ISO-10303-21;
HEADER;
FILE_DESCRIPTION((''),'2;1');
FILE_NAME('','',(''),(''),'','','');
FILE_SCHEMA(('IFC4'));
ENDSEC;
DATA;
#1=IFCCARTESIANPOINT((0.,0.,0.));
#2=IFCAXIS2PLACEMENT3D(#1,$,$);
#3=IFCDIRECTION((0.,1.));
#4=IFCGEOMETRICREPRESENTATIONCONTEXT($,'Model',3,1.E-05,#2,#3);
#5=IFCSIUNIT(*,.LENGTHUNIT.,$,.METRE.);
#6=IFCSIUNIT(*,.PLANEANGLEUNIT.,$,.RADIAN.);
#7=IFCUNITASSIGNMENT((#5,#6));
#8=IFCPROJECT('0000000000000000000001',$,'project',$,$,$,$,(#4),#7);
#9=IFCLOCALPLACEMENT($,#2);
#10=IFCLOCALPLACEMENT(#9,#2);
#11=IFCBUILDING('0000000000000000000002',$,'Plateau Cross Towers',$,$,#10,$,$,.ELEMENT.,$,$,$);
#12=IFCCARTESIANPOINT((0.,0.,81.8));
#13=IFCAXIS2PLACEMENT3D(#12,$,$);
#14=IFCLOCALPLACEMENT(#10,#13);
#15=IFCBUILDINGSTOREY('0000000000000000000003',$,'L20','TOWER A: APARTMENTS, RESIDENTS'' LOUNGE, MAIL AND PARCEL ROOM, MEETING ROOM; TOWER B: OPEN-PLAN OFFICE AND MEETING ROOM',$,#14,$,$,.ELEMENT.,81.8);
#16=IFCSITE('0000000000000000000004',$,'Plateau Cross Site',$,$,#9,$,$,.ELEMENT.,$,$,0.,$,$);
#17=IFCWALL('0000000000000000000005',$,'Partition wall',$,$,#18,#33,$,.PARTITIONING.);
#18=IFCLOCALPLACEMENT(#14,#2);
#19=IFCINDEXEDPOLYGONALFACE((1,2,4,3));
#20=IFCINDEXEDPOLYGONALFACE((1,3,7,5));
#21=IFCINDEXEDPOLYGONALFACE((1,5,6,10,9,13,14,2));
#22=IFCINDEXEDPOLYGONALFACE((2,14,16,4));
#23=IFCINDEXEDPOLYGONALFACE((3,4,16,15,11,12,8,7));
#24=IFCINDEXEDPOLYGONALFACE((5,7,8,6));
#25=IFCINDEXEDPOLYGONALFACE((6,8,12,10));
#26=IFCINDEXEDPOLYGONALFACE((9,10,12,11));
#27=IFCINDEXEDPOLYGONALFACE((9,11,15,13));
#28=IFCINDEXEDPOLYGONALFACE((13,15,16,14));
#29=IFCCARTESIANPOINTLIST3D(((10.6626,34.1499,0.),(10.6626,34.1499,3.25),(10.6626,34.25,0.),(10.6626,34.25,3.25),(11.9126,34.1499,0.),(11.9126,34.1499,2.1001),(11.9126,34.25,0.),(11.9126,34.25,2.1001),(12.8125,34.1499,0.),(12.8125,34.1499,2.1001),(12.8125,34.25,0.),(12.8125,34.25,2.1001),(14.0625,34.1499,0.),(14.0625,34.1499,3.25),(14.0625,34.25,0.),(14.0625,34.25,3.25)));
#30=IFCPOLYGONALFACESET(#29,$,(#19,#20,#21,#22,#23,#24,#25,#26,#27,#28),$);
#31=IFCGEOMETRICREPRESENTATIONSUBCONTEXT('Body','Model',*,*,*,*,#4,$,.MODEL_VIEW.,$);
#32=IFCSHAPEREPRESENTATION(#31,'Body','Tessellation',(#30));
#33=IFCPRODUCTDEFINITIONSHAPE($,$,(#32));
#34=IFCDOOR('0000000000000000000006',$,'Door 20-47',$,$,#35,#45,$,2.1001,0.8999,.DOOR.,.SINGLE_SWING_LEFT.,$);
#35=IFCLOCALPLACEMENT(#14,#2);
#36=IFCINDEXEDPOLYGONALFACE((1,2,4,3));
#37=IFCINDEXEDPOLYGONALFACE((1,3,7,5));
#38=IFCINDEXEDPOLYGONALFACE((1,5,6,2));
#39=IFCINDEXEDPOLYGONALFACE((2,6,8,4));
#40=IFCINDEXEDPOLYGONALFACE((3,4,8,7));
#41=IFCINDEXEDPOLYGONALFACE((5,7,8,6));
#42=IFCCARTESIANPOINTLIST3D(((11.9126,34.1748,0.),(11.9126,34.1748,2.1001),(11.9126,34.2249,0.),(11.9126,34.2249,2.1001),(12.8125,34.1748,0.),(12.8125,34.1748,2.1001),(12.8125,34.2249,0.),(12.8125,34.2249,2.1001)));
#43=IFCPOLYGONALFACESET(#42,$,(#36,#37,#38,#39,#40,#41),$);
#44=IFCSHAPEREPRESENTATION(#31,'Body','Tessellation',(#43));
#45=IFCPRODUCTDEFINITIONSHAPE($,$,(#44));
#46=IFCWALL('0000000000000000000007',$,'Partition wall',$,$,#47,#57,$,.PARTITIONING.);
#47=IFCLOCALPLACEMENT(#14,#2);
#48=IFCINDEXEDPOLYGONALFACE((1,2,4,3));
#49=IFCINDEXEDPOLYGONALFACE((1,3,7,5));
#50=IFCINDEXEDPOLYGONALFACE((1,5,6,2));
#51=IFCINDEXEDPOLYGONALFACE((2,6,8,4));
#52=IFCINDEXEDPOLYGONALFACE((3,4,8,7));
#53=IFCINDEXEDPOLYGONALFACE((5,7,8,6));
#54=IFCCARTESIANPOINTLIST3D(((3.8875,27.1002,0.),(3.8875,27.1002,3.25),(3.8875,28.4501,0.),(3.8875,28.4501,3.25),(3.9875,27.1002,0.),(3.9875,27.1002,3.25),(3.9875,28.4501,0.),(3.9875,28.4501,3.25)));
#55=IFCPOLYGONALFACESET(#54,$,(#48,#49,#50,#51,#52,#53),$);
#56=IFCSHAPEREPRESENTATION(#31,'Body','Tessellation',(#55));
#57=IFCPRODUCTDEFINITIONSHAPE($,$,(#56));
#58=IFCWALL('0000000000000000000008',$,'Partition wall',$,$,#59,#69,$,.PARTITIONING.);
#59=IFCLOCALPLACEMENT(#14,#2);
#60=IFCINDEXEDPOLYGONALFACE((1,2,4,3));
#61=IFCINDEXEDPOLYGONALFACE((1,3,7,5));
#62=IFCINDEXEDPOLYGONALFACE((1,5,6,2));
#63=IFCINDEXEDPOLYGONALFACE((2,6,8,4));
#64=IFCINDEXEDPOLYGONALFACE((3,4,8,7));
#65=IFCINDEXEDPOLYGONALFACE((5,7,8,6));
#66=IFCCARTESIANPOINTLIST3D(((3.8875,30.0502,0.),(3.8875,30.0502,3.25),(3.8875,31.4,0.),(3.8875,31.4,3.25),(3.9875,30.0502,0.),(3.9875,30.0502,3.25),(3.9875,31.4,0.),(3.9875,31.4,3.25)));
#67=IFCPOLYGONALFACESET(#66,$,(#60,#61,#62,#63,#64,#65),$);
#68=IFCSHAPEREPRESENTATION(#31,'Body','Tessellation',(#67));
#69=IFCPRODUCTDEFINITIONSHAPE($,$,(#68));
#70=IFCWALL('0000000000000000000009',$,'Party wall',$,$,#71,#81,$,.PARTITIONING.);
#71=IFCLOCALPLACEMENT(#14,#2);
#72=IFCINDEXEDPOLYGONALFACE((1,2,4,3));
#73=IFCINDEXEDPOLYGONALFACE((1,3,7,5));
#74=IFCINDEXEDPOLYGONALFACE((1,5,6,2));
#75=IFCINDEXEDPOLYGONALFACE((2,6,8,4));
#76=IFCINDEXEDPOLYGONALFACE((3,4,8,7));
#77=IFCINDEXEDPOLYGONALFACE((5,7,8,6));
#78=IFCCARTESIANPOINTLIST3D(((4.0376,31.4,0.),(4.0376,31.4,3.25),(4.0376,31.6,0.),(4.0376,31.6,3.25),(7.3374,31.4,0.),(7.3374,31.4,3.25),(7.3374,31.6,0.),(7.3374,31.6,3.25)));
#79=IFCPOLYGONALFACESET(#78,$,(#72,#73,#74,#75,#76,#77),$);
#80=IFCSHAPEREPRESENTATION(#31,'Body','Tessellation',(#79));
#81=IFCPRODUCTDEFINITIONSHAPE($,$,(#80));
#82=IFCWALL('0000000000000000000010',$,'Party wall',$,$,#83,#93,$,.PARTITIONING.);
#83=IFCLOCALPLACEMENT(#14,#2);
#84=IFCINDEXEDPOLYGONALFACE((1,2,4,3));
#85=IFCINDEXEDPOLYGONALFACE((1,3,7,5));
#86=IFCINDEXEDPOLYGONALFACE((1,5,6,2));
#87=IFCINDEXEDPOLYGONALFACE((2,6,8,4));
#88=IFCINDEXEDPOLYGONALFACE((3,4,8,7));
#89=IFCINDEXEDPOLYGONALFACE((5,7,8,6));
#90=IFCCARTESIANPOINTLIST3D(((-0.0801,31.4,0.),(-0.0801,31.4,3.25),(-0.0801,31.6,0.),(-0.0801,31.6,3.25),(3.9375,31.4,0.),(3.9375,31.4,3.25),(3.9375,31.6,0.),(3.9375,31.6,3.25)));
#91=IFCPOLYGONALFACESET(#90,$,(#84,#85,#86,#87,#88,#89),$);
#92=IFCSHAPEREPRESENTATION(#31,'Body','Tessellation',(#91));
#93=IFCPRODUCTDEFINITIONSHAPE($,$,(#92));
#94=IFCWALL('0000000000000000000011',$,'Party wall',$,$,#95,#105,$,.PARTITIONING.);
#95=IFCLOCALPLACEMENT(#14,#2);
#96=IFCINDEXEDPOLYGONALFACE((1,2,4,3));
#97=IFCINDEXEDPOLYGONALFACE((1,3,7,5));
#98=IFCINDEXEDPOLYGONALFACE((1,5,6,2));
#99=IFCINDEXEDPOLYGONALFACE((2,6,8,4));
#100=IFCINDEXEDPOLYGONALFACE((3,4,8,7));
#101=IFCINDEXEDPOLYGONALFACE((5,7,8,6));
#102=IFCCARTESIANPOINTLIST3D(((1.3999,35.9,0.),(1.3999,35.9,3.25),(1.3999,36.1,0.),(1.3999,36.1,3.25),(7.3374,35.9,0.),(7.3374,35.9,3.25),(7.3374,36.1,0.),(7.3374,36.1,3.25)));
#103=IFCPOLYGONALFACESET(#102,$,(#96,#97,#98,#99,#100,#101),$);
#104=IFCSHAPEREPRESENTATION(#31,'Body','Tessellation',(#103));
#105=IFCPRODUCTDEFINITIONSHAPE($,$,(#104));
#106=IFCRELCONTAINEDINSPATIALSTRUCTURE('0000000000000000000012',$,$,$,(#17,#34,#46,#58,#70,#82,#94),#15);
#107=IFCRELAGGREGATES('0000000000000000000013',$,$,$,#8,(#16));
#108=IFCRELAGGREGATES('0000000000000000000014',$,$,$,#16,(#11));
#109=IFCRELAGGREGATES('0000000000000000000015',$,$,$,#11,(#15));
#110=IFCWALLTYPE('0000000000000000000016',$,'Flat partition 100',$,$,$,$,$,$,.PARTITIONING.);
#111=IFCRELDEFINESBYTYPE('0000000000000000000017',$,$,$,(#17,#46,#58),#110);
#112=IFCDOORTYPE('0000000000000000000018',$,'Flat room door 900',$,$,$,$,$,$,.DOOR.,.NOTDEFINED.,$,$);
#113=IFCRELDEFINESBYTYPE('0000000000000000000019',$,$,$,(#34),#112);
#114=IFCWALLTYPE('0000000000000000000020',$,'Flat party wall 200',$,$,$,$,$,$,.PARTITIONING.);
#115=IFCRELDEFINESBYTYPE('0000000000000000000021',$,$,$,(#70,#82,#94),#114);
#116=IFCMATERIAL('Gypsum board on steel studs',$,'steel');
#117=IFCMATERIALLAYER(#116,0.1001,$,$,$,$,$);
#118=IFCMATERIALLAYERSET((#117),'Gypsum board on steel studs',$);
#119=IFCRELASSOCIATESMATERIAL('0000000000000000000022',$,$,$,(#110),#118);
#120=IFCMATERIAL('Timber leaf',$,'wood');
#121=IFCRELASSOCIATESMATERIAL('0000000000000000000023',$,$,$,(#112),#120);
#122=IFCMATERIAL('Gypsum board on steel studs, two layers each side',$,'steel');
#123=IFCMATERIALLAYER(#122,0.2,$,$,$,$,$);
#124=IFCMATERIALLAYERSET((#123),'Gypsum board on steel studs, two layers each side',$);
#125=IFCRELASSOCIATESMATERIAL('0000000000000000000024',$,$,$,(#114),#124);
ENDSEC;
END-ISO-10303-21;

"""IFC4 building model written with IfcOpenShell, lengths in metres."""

from ifc_helpers import new_model, si_unit, direction, frame, frame_2d, origin, place, context, subcontext, project, spatial, rectangle, extrude, material, layer, layer_set, type_object, element, fill, save


model = new_model("IFC4")

# Units and contexts
model_context = context("Model", 3, precision=1e-05, world=origin(), true_north=direction((0.0, 1.0)))
body_context = subcontext(model_context, "Body", "Model", "MODEL_VIEW")
ifc_project = project(units=[si_unit("LENGTHUNIT", "METRE"), si_unit("PLANEANGLEUNIT", "RADIAN")], contexts=[model_context])

# Site, building, storey
site_placement = place(None, origin())
site = spatial("IfcSite", under=ifc_project, at=site_placement, Name="Plateau Cross Site", CompositionType="ELEMENT", RefElevation=0.0)
building_placement = place(site_placement, origin())
building = spatial("IfcBuilding", under=site, at=building_placement, Name="Plateau Cross Towers", CompositionType="ELEMENT")
storey_placement = place(building_placement, frame((0.0, 0.0, 81.8)))
storey = spatial("IfcBuildingStorey", under=building, at=storey_placement, Name="L20", Description="TOWER A: APARTMENTS, RESIDENTS' LOUNGE, MAIL AND PARCEL ROOM, MEETING ROOM; TOWER B: OPEN-PLAN OFFICE AND MEETING ROOM", CompositionType="ELEMENT", Elevation=81.8)

# Wall, opening, door
ifc_material_1 = material(Name="Gypsum board on steel studs", Category="steel")
ifc_layer_1 = layer(ifc_material_1, 0.1001)
ifc_layer_set_1 = layer_set([ifc_layer_1], Name="Gypsum board on steel studs")
wall_type_1 = type_object("IfcWallType", Name="Flat partition 100", PredefinedType="PARTITIONING", material=ifc_layer_set_1)
ifc_material_2 = material(Name="Timber leaf", Category="wood")
door_type = type_object("IfcDoorType", Name="Flat room door 900", OperationType="NOTDEFINED", PredefinedType="DOOR", material=ifc_material_2)
wall_1_placement = place(storey_placement, frame((10.6626, 34.2, 0.0), z_axis=(0.0, 0.0, 1.0), x_axis=(1.0, 0.0, 0.0)))
wall_1 = element("IfcWall", 1, at=wall_1_placement, inside=storey, type_object=wall_type_1, Name="Partition wall", PredefinedType="PARTITIONING", context=body_context, shape_type="SweptSolid", body=[
    extrude(rectangle(XDim=3.3999, YDim=0.1001, at=frame_2d((1.7, 0.0))), origin(), (0.0, 0.0, 1.0), 3.25),
])
opening_1_placement = place(wall_1_placement, frame((1.25, 0.0, 0.0)))
opening_1 = element("IfcOpeningElement", 2, at=opening_1_placement, cuts=wall_1, PredefinedType="OPENING", context=body_context, shape_type="SweptSolid", body=[
    extrude(rectangle(XDim=0.8999, YDim=2.1001, at=frame_2d((0.45, 1.05))), frame((0.0, 0.0601, 0.0), z_axis=(0.0, -1.0, 0.0), x_axis=(1.0, 0.0, 0.0)), (0.0, 0.0, 1.0), 0.1201),
])
door_1_placement = place(opening_1_placement, origin())
door_1 = element("IfcDoor", 3, at=door_1_placement, inside=storey, type_object=door_type, Name="Door 20-47", OperationType="SINGLE_SWING_LEFT", OverallHeight=2.1001, OverallWidth=0.8999, PredefinedType="DOOR", context=body_context, shape_type="SweptSolid", body=[
    extrude(rectangle(XDim=0.8999, YDim=2.1001, at=frame_2d((0.45, 1.05))), frame((0.0, 0.0249, 0.0), z_axis=(0.0, -1.0, 0.0), x_axis=(1.0, 0.0, 0.0)), (0.0, 0.0, 1.0), 0.05),
])
fill(opening_1, door_1)

# Walls
for number, where, z_axis, x_axis, name in (
    (4, (3.9375, 28.45, 0.0), (0.0, 0.0, 1.0), (0.0, -1.0, 0.0), "Partition wall"),
    (5, (3.9375, 31.3999, 0.0), (0.0, 0.0, 1.0), (0.0, -1.0, 0.0), "Partition wall"),
):
    element("IfcWall", number, at=place(storey_placement, frame(where, z_axis=z_axis, x_axis=x_axis)), inside=storey, type_object=wall_type_1, Name=name, PredefinedType="PARTITIONING", context=body_context, shape_type="SweptSolid", body=[
        extrude(rectangle(XDim=1.3499, YDim=0.1001, at=frame_2d((0.6748, 0.0))), origin(), (0.0, 0.0, 1.0), 3.25),
    ])
ifc_material_3 = material(Name="Gypsum board on steel studs, two layers each side", Category="steel")
ifc_layer_2 = layer(ifc_material_3, 0.2)
ifc_layer_set_2 = layer_set([ifc_layer_2], Name="Gypsum board on steel studs, two layers each side")
wall_type_2 = type_object("IfcWallType", Name="Flat party wall 200", PredefinedType="PARTITIONING", material=ifc_layer_set_2)
wall_2_placement = place(storey_placement, frame((7.3374, 31.5, 0.0), z_axis=(0.0, 0.0, 1.0), x_axis=(-1.0, 0.0, 0.0)))
element("IfcWall", 6, at=wall_2_placement, inside=storey, type_object=wall_type_2, Name="Party wall", PredefinedType="PARTITIONING", context=body_context, shape_type="SweptSolid", body=[
    extrude(rectangle(XDim=3.2998, YDim=0.2, at=frame_2d((1.6499, 0.0))), origin(), (0.0, 0.0, 1.0), 3.25),
])
wall_3_placement = place(storey_placement, frame((-0.0801, 31.5, 0.0), z_axis=(0.0, 0.0, 1.0), x_axis=(1.0, 0.0, 0.0)))
element("IfcWall", 7, at=wall_3_placement, inside=storey, type_object=wall_type_2, Name="Party wall", PredefinedType="PARTITIONING", context=body_context, shape_type="SweptSolid", body=[
    extrude(rectangle(XDim=4.0176, YDim=0.2, at=frame_2d((2.0088, 0.0))), origin(), (0.0, 0.0, 1.0), 3.25),
])
wall_4_placement = place(storey_placement, frame((7.3374, 36.0, 0.0), z_axis=(0.0, 0.0, 1.0), x_axis=(-1.0, 0.0, 0.0)))
element("IfcWall", 8, at=wall_4_placement, inside=storey, type_object=wall_type_2, Name="Party wall", PredefinedType="PARTITIONING", context=body_context, shape_type="SweptSolid", body=[
    extrude(rectangle(XDim=5.9375, YDim=0.2, at=frame_2d((2.9688, 0.0))), origin(), (0.0, 0.0, 1.0), 3.25),
])

save(model, "model.ifc")
